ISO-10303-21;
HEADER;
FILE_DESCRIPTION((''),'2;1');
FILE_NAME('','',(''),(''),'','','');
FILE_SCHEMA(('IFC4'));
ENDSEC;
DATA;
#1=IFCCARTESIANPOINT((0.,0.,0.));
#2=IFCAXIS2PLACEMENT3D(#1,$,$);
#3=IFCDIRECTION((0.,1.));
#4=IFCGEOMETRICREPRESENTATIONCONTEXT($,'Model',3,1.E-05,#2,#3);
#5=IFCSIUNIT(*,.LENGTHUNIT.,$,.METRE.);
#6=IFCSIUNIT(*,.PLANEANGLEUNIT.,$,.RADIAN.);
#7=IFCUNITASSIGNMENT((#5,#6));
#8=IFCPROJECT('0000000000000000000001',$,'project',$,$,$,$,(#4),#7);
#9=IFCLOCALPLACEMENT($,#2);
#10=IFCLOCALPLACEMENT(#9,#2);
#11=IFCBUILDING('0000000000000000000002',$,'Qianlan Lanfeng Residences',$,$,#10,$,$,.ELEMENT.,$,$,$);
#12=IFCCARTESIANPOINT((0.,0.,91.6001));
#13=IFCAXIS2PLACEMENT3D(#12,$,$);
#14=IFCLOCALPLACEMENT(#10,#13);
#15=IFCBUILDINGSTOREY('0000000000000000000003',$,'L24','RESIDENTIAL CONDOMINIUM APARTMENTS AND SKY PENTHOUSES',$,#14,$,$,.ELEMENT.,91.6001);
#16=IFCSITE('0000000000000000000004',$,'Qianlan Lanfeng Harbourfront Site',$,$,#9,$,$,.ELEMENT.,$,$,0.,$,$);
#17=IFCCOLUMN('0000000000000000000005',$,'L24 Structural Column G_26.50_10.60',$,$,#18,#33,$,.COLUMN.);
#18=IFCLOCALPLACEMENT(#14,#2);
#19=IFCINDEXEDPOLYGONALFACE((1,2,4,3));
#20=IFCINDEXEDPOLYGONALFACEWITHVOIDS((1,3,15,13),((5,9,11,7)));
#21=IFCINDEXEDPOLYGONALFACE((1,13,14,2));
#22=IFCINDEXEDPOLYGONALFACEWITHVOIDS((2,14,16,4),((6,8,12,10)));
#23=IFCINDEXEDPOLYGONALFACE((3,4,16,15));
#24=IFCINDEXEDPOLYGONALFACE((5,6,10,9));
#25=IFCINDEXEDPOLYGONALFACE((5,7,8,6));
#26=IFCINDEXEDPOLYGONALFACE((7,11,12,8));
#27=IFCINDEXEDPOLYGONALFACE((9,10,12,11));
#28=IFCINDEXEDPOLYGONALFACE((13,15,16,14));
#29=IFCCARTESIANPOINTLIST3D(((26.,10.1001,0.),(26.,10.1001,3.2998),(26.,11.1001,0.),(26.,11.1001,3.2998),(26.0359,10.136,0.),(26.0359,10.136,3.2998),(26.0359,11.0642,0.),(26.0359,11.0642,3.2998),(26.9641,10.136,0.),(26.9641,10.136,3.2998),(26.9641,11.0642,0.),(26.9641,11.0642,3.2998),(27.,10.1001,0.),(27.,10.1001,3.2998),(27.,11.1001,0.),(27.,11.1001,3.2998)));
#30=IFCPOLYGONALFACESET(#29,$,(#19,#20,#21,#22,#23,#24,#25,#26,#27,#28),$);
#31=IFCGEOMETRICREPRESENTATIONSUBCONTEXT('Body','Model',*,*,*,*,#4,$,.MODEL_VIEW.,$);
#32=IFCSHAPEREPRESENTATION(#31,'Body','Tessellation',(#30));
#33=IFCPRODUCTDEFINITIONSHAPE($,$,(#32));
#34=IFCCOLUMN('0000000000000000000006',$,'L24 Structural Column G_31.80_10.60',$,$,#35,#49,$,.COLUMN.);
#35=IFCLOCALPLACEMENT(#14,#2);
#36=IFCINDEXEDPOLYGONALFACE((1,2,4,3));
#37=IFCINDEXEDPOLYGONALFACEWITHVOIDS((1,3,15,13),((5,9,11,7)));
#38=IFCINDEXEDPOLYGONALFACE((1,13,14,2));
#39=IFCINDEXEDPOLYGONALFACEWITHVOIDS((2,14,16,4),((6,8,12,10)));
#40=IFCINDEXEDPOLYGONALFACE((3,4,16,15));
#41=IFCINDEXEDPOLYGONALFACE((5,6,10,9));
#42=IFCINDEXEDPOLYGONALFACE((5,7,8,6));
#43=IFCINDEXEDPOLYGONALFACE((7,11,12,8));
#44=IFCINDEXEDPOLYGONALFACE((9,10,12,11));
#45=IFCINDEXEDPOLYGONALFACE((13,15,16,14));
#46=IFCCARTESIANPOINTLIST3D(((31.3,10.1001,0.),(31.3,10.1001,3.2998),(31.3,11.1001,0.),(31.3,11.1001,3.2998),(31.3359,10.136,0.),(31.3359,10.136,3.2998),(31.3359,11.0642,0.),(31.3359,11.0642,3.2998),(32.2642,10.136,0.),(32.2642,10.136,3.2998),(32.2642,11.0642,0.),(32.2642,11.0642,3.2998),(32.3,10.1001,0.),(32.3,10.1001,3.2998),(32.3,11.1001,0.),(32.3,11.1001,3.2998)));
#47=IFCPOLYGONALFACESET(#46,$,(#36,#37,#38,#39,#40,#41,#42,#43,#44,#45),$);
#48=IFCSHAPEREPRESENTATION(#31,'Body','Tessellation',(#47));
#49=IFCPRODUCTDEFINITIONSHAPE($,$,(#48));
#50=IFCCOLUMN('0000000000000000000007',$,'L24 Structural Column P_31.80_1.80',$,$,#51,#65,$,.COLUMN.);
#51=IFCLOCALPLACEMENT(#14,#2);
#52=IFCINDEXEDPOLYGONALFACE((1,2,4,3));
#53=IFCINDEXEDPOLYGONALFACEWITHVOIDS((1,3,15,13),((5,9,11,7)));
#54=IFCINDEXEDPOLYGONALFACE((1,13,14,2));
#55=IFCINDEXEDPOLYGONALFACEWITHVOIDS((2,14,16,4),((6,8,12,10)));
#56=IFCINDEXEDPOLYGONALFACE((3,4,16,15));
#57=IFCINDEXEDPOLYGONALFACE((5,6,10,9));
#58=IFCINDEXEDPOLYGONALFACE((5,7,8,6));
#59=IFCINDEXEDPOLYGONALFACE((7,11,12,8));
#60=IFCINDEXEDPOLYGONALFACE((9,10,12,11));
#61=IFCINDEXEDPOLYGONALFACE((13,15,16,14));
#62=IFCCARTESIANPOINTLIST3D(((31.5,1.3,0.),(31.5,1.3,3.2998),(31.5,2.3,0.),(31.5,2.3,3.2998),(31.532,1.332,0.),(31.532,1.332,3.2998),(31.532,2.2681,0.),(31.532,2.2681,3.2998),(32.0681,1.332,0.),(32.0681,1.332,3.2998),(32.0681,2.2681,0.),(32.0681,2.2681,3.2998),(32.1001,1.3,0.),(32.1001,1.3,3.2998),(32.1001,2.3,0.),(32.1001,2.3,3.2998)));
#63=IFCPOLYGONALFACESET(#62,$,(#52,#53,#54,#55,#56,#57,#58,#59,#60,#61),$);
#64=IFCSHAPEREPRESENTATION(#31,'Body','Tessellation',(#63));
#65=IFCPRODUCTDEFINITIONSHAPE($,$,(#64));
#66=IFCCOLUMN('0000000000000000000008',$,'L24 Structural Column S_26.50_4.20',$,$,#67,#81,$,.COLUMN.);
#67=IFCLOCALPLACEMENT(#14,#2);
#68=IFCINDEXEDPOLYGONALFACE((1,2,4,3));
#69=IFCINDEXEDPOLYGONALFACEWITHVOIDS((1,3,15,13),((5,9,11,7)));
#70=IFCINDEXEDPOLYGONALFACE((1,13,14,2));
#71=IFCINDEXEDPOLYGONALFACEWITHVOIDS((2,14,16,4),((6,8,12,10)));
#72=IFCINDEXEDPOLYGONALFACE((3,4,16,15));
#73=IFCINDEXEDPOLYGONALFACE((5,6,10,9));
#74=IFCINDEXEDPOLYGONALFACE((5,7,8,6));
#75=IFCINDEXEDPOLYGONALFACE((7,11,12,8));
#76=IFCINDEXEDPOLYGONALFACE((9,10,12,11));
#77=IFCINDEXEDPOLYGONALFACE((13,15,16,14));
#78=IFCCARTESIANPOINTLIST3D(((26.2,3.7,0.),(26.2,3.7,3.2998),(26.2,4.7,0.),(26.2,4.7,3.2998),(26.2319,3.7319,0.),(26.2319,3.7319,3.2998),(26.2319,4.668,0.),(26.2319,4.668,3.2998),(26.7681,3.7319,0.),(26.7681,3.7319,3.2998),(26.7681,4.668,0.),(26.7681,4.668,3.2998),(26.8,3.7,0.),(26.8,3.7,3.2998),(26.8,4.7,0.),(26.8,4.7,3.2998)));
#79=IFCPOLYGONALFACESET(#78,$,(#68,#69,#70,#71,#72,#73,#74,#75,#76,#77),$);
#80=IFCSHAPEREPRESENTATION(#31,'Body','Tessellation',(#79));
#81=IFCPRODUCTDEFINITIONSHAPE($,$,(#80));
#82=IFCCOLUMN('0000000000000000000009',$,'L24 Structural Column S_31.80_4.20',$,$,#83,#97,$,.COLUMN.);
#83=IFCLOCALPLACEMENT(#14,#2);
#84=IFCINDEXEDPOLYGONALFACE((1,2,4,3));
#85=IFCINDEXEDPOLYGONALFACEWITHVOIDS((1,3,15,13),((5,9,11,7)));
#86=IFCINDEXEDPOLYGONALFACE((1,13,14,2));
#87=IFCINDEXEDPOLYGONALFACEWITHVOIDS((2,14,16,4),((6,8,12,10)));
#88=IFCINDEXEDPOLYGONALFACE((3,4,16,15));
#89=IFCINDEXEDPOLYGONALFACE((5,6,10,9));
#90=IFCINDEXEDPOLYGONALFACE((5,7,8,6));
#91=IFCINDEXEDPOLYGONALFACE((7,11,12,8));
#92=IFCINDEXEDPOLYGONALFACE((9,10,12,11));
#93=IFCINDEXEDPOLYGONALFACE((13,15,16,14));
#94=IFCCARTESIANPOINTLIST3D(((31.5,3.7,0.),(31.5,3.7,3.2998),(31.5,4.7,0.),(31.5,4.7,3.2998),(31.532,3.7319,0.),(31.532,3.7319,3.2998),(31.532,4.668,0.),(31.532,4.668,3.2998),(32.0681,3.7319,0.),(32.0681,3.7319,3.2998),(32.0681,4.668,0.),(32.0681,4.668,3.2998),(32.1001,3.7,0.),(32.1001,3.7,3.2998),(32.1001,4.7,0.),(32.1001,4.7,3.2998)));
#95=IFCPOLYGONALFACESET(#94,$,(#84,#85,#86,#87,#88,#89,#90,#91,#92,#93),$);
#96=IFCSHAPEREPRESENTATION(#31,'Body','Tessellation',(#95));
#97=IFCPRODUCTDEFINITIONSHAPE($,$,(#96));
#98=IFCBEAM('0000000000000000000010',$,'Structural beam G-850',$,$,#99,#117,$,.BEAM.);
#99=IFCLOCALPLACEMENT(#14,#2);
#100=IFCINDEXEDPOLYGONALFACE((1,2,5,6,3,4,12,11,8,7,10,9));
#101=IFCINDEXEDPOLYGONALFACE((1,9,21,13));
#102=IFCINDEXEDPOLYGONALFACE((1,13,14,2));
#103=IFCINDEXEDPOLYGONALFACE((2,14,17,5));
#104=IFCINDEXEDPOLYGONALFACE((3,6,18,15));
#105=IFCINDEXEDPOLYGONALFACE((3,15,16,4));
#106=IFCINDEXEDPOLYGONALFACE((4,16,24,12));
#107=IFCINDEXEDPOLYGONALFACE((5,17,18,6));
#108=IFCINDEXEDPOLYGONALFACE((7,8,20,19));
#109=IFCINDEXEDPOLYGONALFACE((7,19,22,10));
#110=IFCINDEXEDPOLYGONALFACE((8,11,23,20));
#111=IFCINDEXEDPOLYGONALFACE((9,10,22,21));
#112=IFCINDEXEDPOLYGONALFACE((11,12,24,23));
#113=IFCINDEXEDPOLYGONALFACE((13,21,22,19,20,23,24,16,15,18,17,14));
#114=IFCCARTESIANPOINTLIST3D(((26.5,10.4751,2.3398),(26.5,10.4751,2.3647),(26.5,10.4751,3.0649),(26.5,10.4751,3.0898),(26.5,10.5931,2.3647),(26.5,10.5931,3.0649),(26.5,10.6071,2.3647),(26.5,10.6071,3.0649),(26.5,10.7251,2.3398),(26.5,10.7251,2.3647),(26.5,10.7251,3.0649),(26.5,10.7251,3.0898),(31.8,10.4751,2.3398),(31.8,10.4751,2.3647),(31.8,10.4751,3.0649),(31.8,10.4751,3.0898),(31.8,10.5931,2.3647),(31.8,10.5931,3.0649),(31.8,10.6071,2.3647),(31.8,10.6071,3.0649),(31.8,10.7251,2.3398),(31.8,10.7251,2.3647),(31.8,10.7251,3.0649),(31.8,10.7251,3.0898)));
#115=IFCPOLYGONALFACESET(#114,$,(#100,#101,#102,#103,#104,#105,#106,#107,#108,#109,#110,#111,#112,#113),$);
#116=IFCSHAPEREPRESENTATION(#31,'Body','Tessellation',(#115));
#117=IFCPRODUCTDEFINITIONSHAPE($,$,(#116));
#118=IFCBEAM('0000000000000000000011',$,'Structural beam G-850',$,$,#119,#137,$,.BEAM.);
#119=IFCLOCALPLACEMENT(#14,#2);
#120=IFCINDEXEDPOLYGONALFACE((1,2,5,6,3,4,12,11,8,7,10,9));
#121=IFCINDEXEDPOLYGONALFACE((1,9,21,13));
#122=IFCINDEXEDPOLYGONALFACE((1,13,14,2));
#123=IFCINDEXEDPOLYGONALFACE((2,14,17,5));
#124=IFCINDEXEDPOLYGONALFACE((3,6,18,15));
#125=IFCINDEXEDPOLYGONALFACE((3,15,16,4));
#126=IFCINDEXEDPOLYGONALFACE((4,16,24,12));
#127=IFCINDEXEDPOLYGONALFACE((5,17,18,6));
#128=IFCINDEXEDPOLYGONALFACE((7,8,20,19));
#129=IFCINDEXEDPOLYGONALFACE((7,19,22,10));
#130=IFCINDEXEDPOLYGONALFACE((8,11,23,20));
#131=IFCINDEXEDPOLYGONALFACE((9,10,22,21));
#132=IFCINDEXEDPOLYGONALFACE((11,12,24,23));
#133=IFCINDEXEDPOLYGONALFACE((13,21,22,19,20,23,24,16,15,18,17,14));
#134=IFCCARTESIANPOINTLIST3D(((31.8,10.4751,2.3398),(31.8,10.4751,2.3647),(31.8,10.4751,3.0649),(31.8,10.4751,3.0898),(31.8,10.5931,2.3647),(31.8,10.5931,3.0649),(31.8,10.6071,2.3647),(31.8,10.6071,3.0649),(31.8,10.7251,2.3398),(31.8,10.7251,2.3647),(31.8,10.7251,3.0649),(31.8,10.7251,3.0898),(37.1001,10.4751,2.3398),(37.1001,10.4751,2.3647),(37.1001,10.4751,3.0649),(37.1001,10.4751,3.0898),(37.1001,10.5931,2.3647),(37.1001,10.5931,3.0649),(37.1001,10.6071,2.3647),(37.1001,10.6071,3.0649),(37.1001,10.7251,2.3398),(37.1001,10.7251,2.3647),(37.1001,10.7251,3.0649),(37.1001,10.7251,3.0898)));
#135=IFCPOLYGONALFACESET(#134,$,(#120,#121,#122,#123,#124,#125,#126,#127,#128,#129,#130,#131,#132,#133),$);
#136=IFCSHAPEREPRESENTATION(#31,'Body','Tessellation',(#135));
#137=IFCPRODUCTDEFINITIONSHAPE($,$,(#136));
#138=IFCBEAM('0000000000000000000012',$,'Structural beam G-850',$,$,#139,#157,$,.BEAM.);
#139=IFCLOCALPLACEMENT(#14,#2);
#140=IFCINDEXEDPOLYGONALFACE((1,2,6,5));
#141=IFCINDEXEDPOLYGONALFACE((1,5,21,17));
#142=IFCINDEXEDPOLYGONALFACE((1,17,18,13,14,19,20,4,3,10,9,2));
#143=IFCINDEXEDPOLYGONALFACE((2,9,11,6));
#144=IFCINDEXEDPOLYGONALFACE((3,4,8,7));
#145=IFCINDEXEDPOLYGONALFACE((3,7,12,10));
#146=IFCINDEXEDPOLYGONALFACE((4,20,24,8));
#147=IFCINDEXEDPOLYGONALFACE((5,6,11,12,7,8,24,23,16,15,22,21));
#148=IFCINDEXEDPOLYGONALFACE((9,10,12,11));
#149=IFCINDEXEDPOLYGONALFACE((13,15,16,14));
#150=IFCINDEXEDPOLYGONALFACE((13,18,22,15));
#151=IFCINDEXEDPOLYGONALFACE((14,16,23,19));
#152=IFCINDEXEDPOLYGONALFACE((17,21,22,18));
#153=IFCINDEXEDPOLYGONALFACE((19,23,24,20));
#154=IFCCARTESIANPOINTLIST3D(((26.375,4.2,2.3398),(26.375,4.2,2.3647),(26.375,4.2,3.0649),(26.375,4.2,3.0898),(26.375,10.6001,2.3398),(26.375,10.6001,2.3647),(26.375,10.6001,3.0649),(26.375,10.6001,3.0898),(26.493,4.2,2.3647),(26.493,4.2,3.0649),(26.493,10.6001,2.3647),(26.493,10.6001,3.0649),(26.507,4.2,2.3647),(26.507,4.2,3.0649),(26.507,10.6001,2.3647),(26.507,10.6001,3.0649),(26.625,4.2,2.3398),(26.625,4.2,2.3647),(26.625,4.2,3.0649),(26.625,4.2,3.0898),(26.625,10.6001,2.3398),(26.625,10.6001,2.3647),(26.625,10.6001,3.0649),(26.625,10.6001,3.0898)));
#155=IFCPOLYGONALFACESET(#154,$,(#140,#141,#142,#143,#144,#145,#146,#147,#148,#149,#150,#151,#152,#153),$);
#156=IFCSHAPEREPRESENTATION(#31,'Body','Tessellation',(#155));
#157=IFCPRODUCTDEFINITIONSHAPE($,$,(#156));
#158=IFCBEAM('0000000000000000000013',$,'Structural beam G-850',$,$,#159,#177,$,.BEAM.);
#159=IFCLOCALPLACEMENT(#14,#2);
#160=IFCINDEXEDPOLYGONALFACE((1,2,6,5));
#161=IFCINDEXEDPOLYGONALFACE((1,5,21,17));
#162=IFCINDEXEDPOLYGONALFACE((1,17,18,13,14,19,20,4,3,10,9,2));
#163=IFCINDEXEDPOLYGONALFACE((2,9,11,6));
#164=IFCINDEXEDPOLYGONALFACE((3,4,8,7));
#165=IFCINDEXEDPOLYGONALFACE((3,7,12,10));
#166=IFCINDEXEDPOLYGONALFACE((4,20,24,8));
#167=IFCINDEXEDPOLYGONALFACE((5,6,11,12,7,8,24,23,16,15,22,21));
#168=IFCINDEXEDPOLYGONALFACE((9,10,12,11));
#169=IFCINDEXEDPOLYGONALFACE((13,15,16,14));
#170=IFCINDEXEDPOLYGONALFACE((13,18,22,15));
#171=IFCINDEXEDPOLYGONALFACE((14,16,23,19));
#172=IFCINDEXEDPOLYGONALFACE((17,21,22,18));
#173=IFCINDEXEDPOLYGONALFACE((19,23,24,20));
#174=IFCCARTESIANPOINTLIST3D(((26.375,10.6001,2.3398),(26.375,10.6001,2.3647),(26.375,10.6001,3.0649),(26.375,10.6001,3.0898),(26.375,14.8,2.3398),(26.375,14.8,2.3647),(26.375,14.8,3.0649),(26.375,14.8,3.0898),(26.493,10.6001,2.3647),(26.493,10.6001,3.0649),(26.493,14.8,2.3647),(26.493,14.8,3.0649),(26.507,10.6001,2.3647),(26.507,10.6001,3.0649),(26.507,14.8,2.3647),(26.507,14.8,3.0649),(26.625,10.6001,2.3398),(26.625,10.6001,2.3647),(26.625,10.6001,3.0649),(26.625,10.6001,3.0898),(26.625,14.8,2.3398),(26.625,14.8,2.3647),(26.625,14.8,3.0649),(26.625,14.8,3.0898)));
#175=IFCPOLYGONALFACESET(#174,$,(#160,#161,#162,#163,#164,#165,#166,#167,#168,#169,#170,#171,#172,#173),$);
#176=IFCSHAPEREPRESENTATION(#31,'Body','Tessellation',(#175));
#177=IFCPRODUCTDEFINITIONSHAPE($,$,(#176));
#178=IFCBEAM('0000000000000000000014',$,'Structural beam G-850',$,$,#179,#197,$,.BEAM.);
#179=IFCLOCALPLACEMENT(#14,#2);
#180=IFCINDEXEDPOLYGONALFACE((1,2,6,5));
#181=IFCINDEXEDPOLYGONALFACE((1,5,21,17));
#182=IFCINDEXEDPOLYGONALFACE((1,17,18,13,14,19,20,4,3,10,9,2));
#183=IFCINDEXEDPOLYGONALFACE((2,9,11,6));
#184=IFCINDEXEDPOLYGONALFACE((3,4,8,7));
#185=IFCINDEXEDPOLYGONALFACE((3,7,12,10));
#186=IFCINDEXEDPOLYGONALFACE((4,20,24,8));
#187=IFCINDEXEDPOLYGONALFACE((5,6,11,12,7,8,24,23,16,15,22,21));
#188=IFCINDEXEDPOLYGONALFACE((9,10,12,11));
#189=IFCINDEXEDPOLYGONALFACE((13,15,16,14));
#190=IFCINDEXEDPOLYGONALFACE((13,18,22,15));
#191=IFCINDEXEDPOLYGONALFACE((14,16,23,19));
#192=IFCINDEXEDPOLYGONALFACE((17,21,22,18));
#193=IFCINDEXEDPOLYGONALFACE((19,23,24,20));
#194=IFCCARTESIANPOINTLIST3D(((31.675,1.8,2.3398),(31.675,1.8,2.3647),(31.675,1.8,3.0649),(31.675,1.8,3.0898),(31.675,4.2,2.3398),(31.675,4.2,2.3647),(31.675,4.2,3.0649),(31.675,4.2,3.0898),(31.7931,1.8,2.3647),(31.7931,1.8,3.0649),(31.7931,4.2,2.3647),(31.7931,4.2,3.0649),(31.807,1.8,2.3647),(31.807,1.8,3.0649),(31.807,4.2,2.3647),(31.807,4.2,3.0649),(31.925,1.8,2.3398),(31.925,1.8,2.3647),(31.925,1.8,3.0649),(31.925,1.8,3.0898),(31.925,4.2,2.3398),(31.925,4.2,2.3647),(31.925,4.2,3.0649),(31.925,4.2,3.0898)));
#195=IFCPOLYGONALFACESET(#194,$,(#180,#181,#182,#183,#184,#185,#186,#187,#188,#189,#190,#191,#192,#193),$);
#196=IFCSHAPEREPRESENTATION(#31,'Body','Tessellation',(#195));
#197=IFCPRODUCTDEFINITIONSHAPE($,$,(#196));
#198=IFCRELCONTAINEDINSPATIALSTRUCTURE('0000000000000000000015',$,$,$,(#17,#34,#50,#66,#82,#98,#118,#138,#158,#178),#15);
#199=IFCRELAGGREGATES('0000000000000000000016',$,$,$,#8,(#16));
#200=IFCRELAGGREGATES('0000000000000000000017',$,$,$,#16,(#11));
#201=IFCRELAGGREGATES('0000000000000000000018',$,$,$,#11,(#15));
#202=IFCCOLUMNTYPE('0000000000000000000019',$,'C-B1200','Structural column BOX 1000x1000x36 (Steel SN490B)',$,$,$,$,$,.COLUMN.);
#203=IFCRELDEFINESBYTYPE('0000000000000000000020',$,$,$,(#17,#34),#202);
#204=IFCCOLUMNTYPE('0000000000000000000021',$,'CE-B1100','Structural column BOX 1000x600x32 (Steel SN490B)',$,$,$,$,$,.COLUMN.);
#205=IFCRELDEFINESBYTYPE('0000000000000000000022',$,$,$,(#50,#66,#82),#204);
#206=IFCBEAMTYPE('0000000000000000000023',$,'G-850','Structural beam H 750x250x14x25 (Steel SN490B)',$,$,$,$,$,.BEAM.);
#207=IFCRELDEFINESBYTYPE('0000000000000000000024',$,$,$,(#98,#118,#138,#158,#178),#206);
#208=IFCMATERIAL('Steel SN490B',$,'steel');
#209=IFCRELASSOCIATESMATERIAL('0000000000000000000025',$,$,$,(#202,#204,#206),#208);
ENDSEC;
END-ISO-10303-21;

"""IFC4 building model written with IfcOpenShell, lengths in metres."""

from ifc_helpers import new_model, si_unit, direction, frame, origin, origin_2d, place, context, subcontext, project, spatial, hollow_rectangle, i_section, extrude, material, material_profile, profile_set, type_object, element, save


model = new_model("IFC4")

# Units and contexts
model_context = context("Model", 3, precision=1e-05, world=origin(), true_north=direction((0.0, 1.0)))
body_context = subcontext(model_context, "Body", "Model", "MODEL_VIEW")
ifc_project = project(units=[si_unit("LENGTHUNIT", "METRE"), si_unit("PLANEANGLEUNIT", "RADIAN")], contexts=[model_context])

# Site, building, storey
site_placement = place(None, origin())
site = spatial("IfcSite", under=ifc_project, at=site_placement, Name="Qianlan Lanfeng Harbourfront Site", CompositionType="ELEMENT", RefElevation=0.0)
building_placement = place(site_placement, origin())
building = spatial("IfcBuilding", under=site, at=building_placement, Name="Qianlan Lanfeng Residences", CompositionType="ELEMENT")
storey_placement = place(building_placement, frame((0.0, 0.0, 91.6001)))
storey = spatial("IfcBuildingStorey", under=building, at=storey_placement, Name="L24", Description="RESIDENTIAL CONDOMINIUM APARTMENTS AND SKY PENTHOUSES", CompositionType="ELEMENT", Elevation=91.6001)

# Columns
ifc_material_1 = material(Name="Steel SN490B", Category="steel")
ifc_material_profile_1 = material_profile(ifc_material_1, hollow_rectangle(XDim=1.0, YDim=1.0, WallThickness=0.0359, at=origin_2d()), Name="BOX 1000x1000x36")
ifc_profile_set_1 = profile_set([ifc_material_profile_1], Name="Steel SN490B")
column_type_1 = type_object("IfcColumnType", Name="C-B1200", Description="Structural column BOX 1000x1000x36 (Steel SN490B)", PredefinedType="COLUMN", material=ifc_profile_set_1)
for number, where, z_axis, x_axis, name in (
    (1, (26.5, 10.6001, 0.0), (0.0, 0.0, 1.0), (1.0, 0.0, 0.0), "L24 Structural Column G_26.50_10.60"),
    (2, (31.8, 10.6001, 0.0), (0.0, 0.0, 1.0), (1.0, 0.0, 0.0), "L24 Structural Column G_31.80_10.60"),
):
    element("IfcColumn", number, at=place(storey_placement, frame(where, z_axis=z_axis, x_axis=x_axis)), inside=storey, type_object=column_type_1, Name=name, PredefinedType="COLUMN", context=body_context, shape_type="SweptSolid", body=[
        extrude(hollow_rectangle(XDim=1.0, YDim=1.0, WallThickness=0.0359, at=origin_2d()), origin(), (0.0, 0.0, 1.0), 3.2998),
    ])
ifc_material_profile_2 = material_profile(ifc_material_1, hollow_rectangle(XDim=0.6001, YDim=1.0, WallThickness=0.032, at=origin_2d()), Name="BOX 1000x600x32")
ifc_profile_set_2 = profile_set([ifc_material_profile_2], Name="Steel SN490B")
column_type_2 = type_object("IfcColumnType", Name="CE-B1100", Description="Structural column BOX 1000x600x32 (Steel SN490B)", PredefinedType="COLUMN", material=ifc_profile_set_2)
for number, where, z_axis, x_axis, name in (
    (3, (31.8, 1.8, 0.0), (0.0, 0.0, 1.0), (1.0, 0.0, 0.0), "L24 Structural Column P_31.80_1.80"),
    (4, (26.5, 4.2, 0.0), (0.0, 0.0, 1.0), (1.0, 0.0, 0.0), "L24 Structural Column S_26.50_4.20"),
    (5, (31.8, 4.2, 0.0), (0.0, 0.0, 1.0), (1.0, 0.0, 0.0), "L24 Structural Column S_31.80_4.20"),
):
    element("IfcColumn", number, at=place(storey_placement, frame(where, z_axis=z_axis, x_axis=x_axis)), inside=storey, type_object=column_type_2, Name=name, PredefinedType="COLUMN", context=body_context, shape_type="SweptSolid", body=[
        extrude(hollow_rectangle(XDim=0.6001, YDim=1.0, WallThickness=0.032, at=origin_2d()), origin(), (0.0, 0.0, 1.0), 3.2998),
    ])

# Beams
ifc_material_profile_3 = material_profile(ifc_material_1, i_section(OverallWidth=0.25, OverallDepth=0.75, WebThickness=0.0139, FlangeThickness=0.0249, at=origin_2d()), Name="H 750x250x14x25")
ifc_profile_set_3 = profile_set([ifc_material_profile_3], Name="Steel SN490B")
beam_type_1 = type_object("IfcBeamType", Name="G-850", Description="Structural beam H 750x250x14x25 (Steel SN490B)", PredefinedType="BEAM", material=ifc_profile_set_3)
for number, where, z_axis, x_axis, name in (
    (6, (26.5, 10.6001, 2.7148), (1.0, 0.0, 0.0), (0.0, 1.0, 0.0), "Structural beam G-850"),
    (7, (31.8, 10.6001, 2.7148), (1.0, 0.0, 0.0), (0.0, 1.0, 0.0), "Structural beam G-850"),
):
    element("IfcBeam", number, at=place(storey_placement, frame(where, z_axis=z_axis, x_axis=x_axis)), inside=storey, type_object=beam_type_1, Name=name, PredefinedType="BEAM", context=body_context, shape_type="SweptSolid", body=[
        extrude(i_section(OverallWidth=0.25, OverallDepth=0.75, WebThickness=0.0139, FlangeThickness=0.0249, at=origin_2d()), origin(), (0.0, 0.0, 1.0), 5.3),
    ])
beam_1_placement = place(storey_placement, frame((26.5, 4.2, 2.7148), z_axis=(0.0, 1.0, 0.0), x_axis=(-1.0, 0.0, 0.0)))
element("IfcBeam", 8, at=beam_1_placement, inside=storey, type_object=beam_type_1, Name="Structural beam G-850", PredefinedType="BEAM", context=body_context, shape_type="SweptSolid", body=[
    extrude(i_section(OverallWidth=0.25, OverallDepth=0.75, WebThickness=0.0139, FlangeThickness=0.0249, at=origin_2d()), origin(), (0.0, 0.0, 1.0), 6.4001),
])
beam_2_placement = place(storey_placement, frame((26.5, 10.6001, 2.7148), z_axis=(0.0, 1.0, 0.0), x_axis=(-1.0, 0.0, 0.0)))
element("IfcBeam", 9, at=beam_2_placement, inside=storey, type_object=beam_type_1, Name="Structural beam G-850", PredefinedType="BEAM", context=body_context, shape_type="SweptSolid", body=[
    extrude(i_section(OverallWidth=0.25, OverallDepth=0.75, WebThickness=0.0139, FlangeThickness=0.0249, at=origin_2d()), origin(), (0.0, 0.0, 1.0), 4.2),
])
beam_3_placement = place(storey_placement, frame((31.8, 1.8, 2.7148), z_axis=(0.0, 1.0, 0.0), x_axis=(-1.0, 0.0, 0.0)))
element("IfcBeam", 10, at=beam_3_placement, inside=storey, type_object=beam_type_1, Name="Structural beam G-850", PredefinedType="BEAM", context=body_context, shape_type="SweptSolid", body=[
    extrude(i_section(OverallWidth=0.25, OverallDepth=0.75, WebThickness=0.0139, FlangeThickness=0.0249, at=origin_2d()), origin(), (0.0, 0.0, 1.0), 2.3999),
])

save(model, "model.ifc")
